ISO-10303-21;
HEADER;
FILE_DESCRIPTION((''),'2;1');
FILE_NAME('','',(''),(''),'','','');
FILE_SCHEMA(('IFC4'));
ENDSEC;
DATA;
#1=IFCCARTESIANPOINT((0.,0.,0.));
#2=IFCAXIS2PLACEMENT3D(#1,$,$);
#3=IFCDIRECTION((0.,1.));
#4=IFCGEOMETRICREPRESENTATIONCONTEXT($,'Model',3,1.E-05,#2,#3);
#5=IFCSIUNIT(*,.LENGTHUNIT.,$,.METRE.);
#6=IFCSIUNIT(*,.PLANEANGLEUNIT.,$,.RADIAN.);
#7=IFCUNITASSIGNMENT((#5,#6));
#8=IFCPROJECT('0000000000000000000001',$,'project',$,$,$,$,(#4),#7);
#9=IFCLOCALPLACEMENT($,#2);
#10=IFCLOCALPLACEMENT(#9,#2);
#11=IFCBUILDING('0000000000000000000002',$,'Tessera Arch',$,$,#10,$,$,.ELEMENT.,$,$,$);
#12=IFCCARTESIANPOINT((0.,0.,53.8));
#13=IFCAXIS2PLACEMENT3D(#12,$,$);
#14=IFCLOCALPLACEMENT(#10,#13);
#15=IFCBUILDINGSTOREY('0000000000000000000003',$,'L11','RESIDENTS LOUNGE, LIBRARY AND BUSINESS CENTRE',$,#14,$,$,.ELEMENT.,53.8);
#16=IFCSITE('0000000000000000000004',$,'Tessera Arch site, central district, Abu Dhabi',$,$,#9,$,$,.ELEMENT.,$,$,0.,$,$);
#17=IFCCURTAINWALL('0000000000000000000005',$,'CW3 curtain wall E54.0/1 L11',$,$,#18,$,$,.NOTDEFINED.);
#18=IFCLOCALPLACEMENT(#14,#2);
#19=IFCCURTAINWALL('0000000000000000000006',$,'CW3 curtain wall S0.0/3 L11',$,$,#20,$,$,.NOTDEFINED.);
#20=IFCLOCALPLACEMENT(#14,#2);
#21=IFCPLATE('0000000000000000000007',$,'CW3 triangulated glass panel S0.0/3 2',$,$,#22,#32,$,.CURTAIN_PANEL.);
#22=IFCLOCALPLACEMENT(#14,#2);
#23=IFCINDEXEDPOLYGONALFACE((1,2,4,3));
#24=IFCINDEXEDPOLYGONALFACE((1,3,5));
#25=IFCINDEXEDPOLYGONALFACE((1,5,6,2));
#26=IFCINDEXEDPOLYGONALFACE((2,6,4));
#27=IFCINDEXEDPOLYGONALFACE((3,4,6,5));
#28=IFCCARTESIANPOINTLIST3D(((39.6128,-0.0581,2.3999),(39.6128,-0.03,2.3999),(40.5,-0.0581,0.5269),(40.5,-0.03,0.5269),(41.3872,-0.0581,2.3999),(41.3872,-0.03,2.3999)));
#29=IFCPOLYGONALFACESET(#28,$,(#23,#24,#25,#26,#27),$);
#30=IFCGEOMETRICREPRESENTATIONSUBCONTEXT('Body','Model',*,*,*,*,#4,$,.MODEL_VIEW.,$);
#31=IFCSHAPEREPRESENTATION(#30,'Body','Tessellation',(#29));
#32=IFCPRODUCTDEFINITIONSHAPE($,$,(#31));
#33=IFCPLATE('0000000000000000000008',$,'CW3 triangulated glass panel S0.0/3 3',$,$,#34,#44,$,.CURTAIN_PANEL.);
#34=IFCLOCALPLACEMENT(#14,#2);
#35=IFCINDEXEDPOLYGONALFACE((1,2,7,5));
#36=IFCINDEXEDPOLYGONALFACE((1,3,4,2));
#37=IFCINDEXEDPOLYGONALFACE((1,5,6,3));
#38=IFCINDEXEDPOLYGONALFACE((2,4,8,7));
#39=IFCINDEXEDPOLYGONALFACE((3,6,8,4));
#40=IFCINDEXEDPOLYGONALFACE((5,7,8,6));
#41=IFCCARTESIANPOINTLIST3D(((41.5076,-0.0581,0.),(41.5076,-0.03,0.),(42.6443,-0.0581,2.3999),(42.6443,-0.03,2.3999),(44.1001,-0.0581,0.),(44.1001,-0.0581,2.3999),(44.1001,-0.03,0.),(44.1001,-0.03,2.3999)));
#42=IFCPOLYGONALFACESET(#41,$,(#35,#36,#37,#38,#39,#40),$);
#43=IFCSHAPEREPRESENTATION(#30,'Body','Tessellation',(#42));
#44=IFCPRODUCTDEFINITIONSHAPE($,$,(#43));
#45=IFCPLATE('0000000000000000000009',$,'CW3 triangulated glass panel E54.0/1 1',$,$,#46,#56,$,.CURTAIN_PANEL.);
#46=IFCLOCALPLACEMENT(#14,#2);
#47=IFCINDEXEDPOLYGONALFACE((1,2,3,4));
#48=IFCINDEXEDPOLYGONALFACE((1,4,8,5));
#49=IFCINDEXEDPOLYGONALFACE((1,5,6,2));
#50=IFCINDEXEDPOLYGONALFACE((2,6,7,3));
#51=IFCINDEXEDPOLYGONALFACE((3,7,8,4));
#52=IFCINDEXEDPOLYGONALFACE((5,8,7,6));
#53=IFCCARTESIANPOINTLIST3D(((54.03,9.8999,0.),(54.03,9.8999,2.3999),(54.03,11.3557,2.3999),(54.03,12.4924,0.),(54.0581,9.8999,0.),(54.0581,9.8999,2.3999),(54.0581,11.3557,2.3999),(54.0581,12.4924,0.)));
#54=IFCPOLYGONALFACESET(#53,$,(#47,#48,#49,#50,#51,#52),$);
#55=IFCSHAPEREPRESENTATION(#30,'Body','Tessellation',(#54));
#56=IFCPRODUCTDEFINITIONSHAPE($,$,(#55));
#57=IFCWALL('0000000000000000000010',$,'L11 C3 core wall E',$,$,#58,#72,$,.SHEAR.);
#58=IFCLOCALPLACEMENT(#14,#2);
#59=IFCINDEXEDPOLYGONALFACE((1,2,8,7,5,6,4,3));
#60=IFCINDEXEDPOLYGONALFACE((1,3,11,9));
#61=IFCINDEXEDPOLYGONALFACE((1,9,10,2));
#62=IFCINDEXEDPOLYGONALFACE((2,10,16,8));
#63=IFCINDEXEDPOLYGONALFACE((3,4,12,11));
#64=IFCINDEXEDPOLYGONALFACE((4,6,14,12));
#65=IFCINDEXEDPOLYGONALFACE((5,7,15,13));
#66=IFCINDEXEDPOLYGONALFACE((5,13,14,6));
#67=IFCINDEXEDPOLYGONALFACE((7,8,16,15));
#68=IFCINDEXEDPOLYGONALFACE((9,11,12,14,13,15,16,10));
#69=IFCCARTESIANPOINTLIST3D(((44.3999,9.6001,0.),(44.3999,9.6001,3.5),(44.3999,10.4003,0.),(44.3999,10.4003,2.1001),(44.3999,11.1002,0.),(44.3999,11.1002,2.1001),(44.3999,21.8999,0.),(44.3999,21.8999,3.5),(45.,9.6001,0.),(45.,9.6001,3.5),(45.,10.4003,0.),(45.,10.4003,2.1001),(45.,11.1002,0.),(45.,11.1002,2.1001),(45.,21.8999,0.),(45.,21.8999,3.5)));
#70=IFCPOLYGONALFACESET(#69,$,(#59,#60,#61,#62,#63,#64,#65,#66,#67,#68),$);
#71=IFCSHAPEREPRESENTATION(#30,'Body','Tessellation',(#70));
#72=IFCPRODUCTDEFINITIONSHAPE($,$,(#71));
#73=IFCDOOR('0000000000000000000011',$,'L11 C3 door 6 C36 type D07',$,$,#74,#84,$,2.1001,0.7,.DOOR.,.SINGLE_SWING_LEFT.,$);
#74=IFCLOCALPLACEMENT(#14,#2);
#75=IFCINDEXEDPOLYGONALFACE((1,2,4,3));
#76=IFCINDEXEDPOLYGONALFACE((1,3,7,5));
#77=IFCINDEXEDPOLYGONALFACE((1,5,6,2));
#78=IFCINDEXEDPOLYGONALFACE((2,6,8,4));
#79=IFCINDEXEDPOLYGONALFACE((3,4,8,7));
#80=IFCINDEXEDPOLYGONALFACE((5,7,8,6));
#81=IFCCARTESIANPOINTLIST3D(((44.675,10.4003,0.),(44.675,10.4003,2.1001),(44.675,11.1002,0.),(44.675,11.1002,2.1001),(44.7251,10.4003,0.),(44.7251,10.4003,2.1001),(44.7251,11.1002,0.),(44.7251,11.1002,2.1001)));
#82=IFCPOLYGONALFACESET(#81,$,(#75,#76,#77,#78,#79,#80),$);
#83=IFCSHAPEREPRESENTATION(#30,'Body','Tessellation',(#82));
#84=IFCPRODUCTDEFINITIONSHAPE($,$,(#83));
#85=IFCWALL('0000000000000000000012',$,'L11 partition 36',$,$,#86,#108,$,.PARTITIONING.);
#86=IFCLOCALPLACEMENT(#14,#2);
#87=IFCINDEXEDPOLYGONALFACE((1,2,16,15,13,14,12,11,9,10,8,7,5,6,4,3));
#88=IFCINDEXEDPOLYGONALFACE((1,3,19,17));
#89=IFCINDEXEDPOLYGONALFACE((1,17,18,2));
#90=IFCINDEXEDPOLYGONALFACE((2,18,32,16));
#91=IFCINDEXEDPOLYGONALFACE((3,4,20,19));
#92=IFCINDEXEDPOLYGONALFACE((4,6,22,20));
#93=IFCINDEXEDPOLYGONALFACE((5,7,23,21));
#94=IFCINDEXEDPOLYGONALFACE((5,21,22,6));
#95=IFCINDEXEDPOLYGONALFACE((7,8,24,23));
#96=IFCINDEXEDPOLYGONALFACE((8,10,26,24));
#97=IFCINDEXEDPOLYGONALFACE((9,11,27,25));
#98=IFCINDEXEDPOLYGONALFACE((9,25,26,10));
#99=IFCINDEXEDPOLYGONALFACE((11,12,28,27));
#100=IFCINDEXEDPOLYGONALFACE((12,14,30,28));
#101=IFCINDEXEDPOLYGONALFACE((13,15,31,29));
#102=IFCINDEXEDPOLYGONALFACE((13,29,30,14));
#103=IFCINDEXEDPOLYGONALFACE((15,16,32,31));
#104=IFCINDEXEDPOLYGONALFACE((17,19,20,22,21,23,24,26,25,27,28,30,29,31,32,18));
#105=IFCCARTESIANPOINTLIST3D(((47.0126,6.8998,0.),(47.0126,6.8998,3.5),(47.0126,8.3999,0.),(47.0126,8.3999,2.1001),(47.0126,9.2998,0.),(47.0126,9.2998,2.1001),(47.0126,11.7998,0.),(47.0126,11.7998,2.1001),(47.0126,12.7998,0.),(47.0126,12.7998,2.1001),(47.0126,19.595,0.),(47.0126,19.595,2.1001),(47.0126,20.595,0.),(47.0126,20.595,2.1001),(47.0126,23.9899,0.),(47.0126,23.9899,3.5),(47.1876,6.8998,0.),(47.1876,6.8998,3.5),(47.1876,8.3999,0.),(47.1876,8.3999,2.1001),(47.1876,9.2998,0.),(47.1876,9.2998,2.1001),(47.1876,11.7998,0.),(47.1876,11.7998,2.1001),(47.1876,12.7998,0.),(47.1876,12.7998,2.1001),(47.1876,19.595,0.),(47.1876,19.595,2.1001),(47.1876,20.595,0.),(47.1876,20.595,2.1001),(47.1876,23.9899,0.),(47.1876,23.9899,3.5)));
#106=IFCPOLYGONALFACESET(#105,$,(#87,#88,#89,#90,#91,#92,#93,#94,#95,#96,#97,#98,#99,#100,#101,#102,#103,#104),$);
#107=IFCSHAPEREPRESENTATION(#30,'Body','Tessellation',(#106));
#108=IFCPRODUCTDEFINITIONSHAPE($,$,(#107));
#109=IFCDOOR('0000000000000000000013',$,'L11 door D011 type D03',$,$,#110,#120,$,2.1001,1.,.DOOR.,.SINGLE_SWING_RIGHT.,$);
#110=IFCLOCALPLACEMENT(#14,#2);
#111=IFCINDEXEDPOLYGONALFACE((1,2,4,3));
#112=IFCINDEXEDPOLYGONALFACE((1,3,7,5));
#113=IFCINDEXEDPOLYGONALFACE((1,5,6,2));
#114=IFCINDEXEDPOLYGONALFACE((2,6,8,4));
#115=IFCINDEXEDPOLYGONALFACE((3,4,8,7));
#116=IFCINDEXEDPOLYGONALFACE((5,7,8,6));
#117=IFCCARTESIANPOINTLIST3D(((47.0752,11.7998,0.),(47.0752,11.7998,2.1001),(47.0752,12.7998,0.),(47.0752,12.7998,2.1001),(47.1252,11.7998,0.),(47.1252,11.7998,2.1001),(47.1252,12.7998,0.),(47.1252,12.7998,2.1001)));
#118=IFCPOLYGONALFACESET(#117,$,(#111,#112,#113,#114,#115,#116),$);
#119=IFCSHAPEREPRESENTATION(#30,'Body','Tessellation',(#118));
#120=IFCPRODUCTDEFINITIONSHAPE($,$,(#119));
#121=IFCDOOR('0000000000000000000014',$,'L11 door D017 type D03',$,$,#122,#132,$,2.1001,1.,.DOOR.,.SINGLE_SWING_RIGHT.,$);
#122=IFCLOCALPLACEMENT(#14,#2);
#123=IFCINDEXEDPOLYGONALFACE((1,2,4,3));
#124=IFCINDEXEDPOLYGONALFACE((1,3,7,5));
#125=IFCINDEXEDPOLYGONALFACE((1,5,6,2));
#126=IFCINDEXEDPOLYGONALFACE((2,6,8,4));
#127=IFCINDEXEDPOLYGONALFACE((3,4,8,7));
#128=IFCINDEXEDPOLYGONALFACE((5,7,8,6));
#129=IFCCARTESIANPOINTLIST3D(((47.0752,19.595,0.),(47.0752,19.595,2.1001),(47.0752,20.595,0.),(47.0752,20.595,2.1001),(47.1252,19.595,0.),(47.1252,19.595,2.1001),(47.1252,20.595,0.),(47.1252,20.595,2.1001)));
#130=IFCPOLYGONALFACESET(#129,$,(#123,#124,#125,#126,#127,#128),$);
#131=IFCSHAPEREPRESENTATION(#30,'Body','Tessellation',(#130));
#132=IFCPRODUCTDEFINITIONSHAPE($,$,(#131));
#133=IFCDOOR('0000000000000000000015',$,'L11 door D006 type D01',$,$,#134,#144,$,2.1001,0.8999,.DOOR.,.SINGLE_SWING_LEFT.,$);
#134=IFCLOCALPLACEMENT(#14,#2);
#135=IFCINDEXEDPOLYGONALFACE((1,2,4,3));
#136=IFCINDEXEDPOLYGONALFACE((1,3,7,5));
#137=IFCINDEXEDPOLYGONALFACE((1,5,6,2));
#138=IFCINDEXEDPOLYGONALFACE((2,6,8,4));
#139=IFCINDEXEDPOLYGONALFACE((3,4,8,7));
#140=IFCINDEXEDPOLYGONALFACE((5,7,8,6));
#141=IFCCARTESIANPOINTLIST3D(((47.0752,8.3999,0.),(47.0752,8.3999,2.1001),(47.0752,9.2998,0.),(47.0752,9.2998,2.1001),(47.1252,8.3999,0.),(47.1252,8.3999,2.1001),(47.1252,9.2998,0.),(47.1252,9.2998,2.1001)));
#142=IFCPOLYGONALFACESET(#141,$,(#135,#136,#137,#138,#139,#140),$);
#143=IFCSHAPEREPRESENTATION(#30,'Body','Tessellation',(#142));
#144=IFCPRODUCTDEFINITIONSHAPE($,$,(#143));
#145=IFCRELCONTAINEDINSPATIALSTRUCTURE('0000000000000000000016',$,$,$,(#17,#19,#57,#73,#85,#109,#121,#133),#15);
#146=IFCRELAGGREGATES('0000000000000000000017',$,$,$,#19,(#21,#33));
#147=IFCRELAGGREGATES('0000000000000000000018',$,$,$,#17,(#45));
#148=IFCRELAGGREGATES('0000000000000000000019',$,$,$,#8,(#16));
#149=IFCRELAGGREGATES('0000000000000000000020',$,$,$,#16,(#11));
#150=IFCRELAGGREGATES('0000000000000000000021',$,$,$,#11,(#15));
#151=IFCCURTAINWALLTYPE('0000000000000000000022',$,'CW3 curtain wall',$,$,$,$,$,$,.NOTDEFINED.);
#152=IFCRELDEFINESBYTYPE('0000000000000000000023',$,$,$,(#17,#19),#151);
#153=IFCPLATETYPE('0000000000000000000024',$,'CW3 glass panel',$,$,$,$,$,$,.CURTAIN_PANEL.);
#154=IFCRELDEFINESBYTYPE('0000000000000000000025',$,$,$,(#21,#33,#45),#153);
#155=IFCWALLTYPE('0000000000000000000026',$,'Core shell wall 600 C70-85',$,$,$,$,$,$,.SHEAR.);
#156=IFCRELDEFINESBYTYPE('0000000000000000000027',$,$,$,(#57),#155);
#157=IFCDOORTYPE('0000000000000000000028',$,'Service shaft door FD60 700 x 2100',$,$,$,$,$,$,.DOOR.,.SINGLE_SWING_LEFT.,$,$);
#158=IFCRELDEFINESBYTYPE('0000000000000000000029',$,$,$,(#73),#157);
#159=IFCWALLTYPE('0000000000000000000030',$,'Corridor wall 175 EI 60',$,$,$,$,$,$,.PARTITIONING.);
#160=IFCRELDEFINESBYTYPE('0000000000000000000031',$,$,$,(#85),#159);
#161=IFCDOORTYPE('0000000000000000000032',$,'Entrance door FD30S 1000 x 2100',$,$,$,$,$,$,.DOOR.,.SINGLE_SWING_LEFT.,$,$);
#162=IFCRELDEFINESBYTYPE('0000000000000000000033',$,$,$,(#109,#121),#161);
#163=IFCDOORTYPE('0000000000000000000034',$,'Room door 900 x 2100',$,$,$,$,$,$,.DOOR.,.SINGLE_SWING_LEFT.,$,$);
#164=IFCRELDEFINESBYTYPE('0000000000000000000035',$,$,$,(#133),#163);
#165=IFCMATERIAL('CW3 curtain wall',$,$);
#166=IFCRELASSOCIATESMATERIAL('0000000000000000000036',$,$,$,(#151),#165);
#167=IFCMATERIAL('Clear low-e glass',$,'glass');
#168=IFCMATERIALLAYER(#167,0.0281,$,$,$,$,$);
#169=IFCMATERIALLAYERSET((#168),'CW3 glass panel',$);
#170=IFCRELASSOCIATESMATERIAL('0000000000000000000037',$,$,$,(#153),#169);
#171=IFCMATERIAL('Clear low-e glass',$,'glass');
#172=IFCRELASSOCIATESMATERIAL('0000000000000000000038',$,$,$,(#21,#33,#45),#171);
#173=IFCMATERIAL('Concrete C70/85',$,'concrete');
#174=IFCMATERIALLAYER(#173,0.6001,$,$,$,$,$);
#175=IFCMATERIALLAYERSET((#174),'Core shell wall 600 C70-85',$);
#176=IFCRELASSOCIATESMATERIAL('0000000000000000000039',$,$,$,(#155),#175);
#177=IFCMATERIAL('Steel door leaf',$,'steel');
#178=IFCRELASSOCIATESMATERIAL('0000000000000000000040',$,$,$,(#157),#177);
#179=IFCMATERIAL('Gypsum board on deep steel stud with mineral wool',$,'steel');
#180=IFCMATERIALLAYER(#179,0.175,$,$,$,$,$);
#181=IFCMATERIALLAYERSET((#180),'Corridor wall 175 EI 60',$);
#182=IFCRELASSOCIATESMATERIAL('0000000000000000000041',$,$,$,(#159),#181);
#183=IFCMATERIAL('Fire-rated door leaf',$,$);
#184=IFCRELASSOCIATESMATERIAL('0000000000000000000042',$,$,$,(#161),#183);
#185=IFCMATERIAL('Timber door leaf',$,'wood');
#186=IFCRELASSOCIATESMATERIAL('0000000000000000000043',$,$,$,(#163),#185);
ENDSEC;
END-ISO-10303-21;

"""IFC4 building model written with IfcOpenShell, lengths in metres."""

from ifc_helpers import new_model, si_unit, direction, frame, frame_2d, origin, place, context, subcontext, project, spatial, polyline, rectangle, outline, extrude, material, layer, layer_set, type_object, element, fill, aggregate, save


model = new_model("IFC4")

# Units and contexts
model_context = context("Model", 3, precision=1e-05, world=origin(), true_north=direction((0.0, 1.0)))
body_context = subcontext(model_context, "Body", "Model", "MODEL_VIEW")
ifc_project = project(units=[si_unit("LENGTHUNIT", "METRE"), si_unit("PLANEANGLEUNIT", "RADIAN")], contexts=[model_context])

# Site, building, storey
site_placement = place(None, origin())
site = spatial("IfcSite", under=ifc_project, at=site_placement, Name="Tessera Arch site, central district, Abu Dhabi", CompositionType="ELEMENT", RefElevation=0.0)
building_placement = place(site_placement, origin())
building = spatial("IfcBuilding", under=site, at=building_placement, Name="Tessera Arch", CompositionType="ELEMENT")
storey_placement = place(building_placement, frame((0.0, 0.0, 53.8)))
storey = spatial("IfcBuildingStorey", under=building, at=storey_placement, Name="L11", Description="RESIDENTS LOUNGE, LIBRARY AND BUSINESS CENTRE", CompositionType="ELEMENT", Elevation=53.8)

# Curtain wall
ifc_material_1 = material(Name="CW3 curtain wall")
curtain_wall_type_1 = type_object("IfcCurtainWallType", Name="CW3 curtain wall", PredefinedType="NOTDEFINED", material=ifc_material_1)
curtain_wall_1_placement = place(storey_placement, origin())
curtain_wall_1 = element("IfcCurtainWall", 1, at=curtain_wall_1_placement, inside=storey, type_object=curtain_wall_type_1, Name="CW3 curtain wall E54.0/1 L11", PredefinedType="NOTDEFINED")

# Shared definitions
ifc_material_2 = material(Name="Clear low-e glass", Category="glass")

# Curtain wall, plates
curtain_wall_2_placement = place(storey_placement, origin())
curtain_wall_2 = element("IfcCurtainWall", 2, at=curtain_wall_2_placement, inside=storey, type_object=curtain_wall_type_1, Name="CW3 curtain wall S0.0/3 L11", PredefinedType="NOTDEFINED")
ifc_material_3 = material(Name="Clear low-e glass", Category="glass")
ifc_layer_1 = layer(ifc_material_3, 0.0281)
ifc_layer_set_1 = layer_set([ifc_layer_1], Name="CW3 glass panel")
plate_type_1 = type_object("IfcPlateType", Name="CW3 glass panel", PredefinedType="CURTAIN_PANEL", material=ifc_layer_set_1)
plate_1_placement = place(storey_placement, frame((41.3872, -0.0581, 2.3999), z_axis=(0.0, -1.0, 0.0), x_axis=(-1.0, 0.0, 0.0)))
plate_1 = element("IfcPlate", 3, at=plate_1_placement, type_object=plate_type_1, material=ifc_material_2, Name="CW3 triangulated glass panel S0.0/3 2", PredefinedType="CURTAIN_PANEL", context=body_context, shape_type="SweptSolid", body=[
    extrude(outline(polyline([(0.0, 0.0), (1.7744, 0.0), (0.8872, 1.873), (0.0, 0.0)])), origin(), (0.0, 0.0, -1.0), 0.0281),
])
plate_2_placement = place(storey_placement, frame((44.1001, -0.0581, 2.3999), z_axis=(0.0, -1.0, 0.0), x_axis=(-1.0, 0.0, 0.0)))
plate_2 = element("IfcPlate", 4, at=plate_2_placement, type_object=plate_type_1, material=ifc_material_2, Name="CW3 triangulated glass panel S0.0/3 3", PredefinedType="CURTAIN_PANEL", context=body_context, shape_type="SweptSolid", body=[
    extrude(outline(polyline([(0.0, 0.0), (1.4558, 0.0), (2.5925, 2.3999), (0.0, 2.3999), (0.0, 0.0)])), origin(), (0.0, 0.0, -1.0), 0.0281),
])
aggregate(curtain_wall_2, [plate_1, plate_2])

# Plate
plate_3_placement = place(storey_placement, frame((54.0581, 9.8999, 0.0), z_axis=(1.0, 0.0, 0.0), x_axis=(0.0, 1.0, 0.0)))
plate_3 = element("IfcPlate", 5, at=plate_3_placement, type_object=plate_type_1, material=ifc_material_2, Name="CW3 triangulated glass panel E54.0/1 1", PredefinedType="CURTAIN_PANEL", context=body_context, shape_type="SweptSolid", body=[
    extrude(outline(polyline([(0.0, 0.0), (2.5925, 0.0), (1.4558, 2.3999), (0.0, 2.3999), (0.0, 0.0)])), origin(), (0.0, 0.0, -1.0), 0.0281),
])
aggregate(curtain_wall_1, [plate_3])

# Wall, opening, door
ifc_material_4 = material(Name="Concrete C70/85", Category="concrete")
ifc_layer_2 = layer(ifc_material_4, 0.6001)
ifc_layer_set_2 = layer_set([ifc_layer_2], Name="Core shell wall 600 C70-85")
wall_type_1 = type_object("IfcWallType", Name="Core shell wall 600 C70-85", PredefinedType="SHEAR", material=ifc_layer_set_2)
wall_1_placement = place(storey_placement, frame((44.7, 9.6001, 0.0), z_axis=(0.0, 0.0, 1.0), x_axis=(0.0, 1.0, 0.0)))
wall_1 = element("IfcWall", 6, at=wall_1_placement, inside=storey, type_object=wall_type_1, Name="L11 C3 core wall E", PredefinedType="SHEAR", context=body_context, shape_type="SweptSolid", body=[
    extrude(rectangle(XDim=12.2998, YDim=0.6001, at=frame_2d((6.1499, 0.0))), origin(), (0.0, 0.0, 1.0), 3.5),
])
opening_1_placement = place(wall_1_placement, frame((0.8, 0.0, 0.0)))
opening_1 = element("IfcOpeningElement", 7, at=opening_1_placement, cuts=wall_1, PredefinedType="OPENING", context=body_context, shape_type="SweptSolid", body=[
    extrude(rectangle(XDim=0.7, YDim=2.1001, at=frame_2d((0.3501, 1.05))), frame((0.0, 0.3101, 0.0), z_axis=(0.0, -1.0, 0.0), x_axis=(1.0, 0.0, 0.0)), (0.0, 0.0, 1.0), 0.6201),
])
ifc_material_5 = material(Name="Steel door leaf", Category="steel")
door_type_1 = type_object("IfcDoorType", Name="Service shaft door FD60 700 x 2100", OperationType="SINGLE_SWING_LEFT", PredefinedType="DOOR", material=ifc_material_5)
door_1_placement = place(opening_1_placement, origin())
door_1 = element("IfcDoor", 8, at=door_1_placement, inside=storey, type_object=door_type_1, Name="L11 C3 door 6 C36 type D07", OperationType="SINGLE_SWING_LEFT", OverallHeight=2.1001, OverallWidth=0.7, PredefinedType="DOOR", context=body_context, shape_type="SweptSolid", body=[
    extrude(rectangle(XDim=0.7, YDim=2.1001, at=frame_2d((0.3501, 1.05))), frame((0.0, 0.0249, 0.0), z_axis=(0.0, -1.0, 0.0), x_axis=(1.0, 0.0, 0.0)), (0.0, 0.0, 1.0), 0.05),
])
fill(opening_1, door_1)

# Wall, openings, doors
ifc_material_6 = material(Name="Gypsum board on deep steel stud with mineral wool", Category="steel")
ifc_layer_3 = layer(ifc_material_6, 0.175)
ifc_layer_set_3 = layer_set([ifc_layer_3], Name="Corridor wall 175 EI 60")
wall_type_2 = type_object("IfcWallType", Name="Corridor wall 175 EI 60", PredefinedType="PARTITIONING", material=ifc_layer_set_3)
wall_2_placement = place(storey_placement, frame((47.1001, 6.8999, 0.0), z_axis=(0.0, 0.0, 1.0), x_axis=(0.0, 1.0, 0.0)))
wall_2 = element("IfcWall", 9, at=wall_2_placement, inside=storey, type_object=wall_type_2, Name="L11 partition 36", PredefinedType="PARTITIONING", context=body_context, shape_type="SweptSolid", body=[
    extrude(rectangle(XDim=17.0901, YDim=0.175, at=frame_2d((8.5449, 0.0))), origin(), (0.0, 0.0, 1.0), 3.5),
])
opening_2_placement = place(wall_2_placement, frame((1.5, 0.0, 0.0)))
opening_2 = element("IfcOpeningElement", 10, at=opening_2_placement, cuts=wall_2, PredefinedType="OPENING", context=body_context, shape_type="SweptSolid", body=[
    extrude(rectangle(XDim=0.8999, YDim=2.1001, at=frame_2d((0.45, 1.05))), frame((0.0, 0.0974, 0.0), z_axis=(0.0, -1.0, 0.0), x_axis=(1.0, 0.0, 0.0)), (0.0, 0.0, 1.0), 0.1951),
])
opening_3_placement = place(wall_2_placement, frame((4.8999, 0.0, 0.0)))
opening_3 = element("IfcOpeningElement", 11, at=opening_3_placement, cuts=wall_2, PredefinedType="OPENING", context=body_context, shape_type="SweptSolid", body=[
    extrude(rectangle(XDim=1.0, YDim=2.1001, at=frame_2d((0.5, 1.05))), frame((0.0, 0.0974, 0.0), z_axis=(0.0, -1.0, 0.0), x_axis=(1.0, 0.0, 0.0)), (0.0, 0.0, 1.0), 0.1951),
])
opening_4_placement = place(wall_2_placement, frame((12.6951, 0.0, 0.0)))
opening_4 = element("IfcOpeningElement", 12, at=opening_4_placement, cuts=wall_2, PredefinedType="OPENING", context=body_context, shape_type="SweptSolid", body=[
    extrude(rectangle(XDim=1.0, YDim=2.1001, at=frame_2d((0.5, 1.05))), frame((0.0, 0.0974, 0.0), z_axis=(0.0, -1.0, 0.0), x_axis=(1.0, 0.0, 0.0)), (0.0, 0.0, 1.0), 0.1951),
])
ifc_material_7 = material(Name="Fire-rated door leaf")
door_type_2 = type_object("IfcDoorType", Name="Entrance door FD30S 1000 x 2100", OperationType="SINGLE_SWING_LEFT", PredefinedType="DOOR", material=ifc_material_7)
door_2_placement = place(opening_3_placement, origin())
door_2 = element("IfcDoor", 13, at=door_2_placement, inside=storey, type_object=door_type_2, Name="L11 door D011 type D03", OperationType="SINGLE_SWING_RIGHT", OverallHeight=2.1001, OverallWidth=1.0, PredefinedType="DOOR", context=body_context, shape_type="SweptSolid", body=[
    extrude(rectangle(XDim=1.0, YDim=2.1001, at=frame_2d((0.5, 1.05))), frame((0.0, 0.0249, 0.0), z_axis=(0.0, -1.0, 0.0), x_axis=(1.0, 0.0, 0.0)), (0.0, 0.0, 1.0), 0.05),
])
fill(opening_3, door_2)
door_3_placement = place(opening_4_placement, origin())
door_3 = element("IfcDoor", 14, at=door_3_placement, inside=storey, type_object=door_type_2, Name="L11 door D017 type D03", OperationType="SINGLE_SWING_RIGHT", OverallHeight=2.1001, OverallWidth=1.0, PredefinedType="DOOR", context=body_context, shape_type="SweptSolid", body=[
    extrude(rectangle(XDim=1.0, YDim=2.1001, at=frame_2d((0.5, 1.05))), frame((0.0, 0.0249, 0.0), z_axis=(0.0, -1.0, 0.0), x_axis=(1.0, 0.0, 0.0)), (0.0, 0.0, 1.0), 0.05),
])
fill(opening_4, door_3)
ifc_material_8 = material(Name="Timber door leaf", Category="wood")
door_type_3 = type_object("IfcDoorType", Name="Room door 900 x 2100", OperationType="SINGLE_SWING_LEFT", PredefinedType="DOOR", material=ifc_material_8)
door_4_placement = place(opening_2_placement, origin())
door_4 = element("IfcDoor", 15, at=door_4_placement, inside=storey, type_object=door_type_3, Name="L11 door D006 type D01", OperationType="SINGLE_SWING_LEFT", OverallHeight=2.1001, OverallWidth=0.8999, PredefinedType="DOOR", context=body_context, shape_type="SweptSolid", body=[
    extrude(rectangle(XDim=0.8999, YDim=2.1001, at=frame_2d((0.45, 1.05))), frame((0.0, 0.0249, 0.0), z_axis=(0.0, -1.0, 0.0), x_axis=(1.0, 0.0, 0.0)), (0.0, 0.0, 1.0), 0.05),
])
fill(opening_2, door_4)

save(model, "model.ifc")
